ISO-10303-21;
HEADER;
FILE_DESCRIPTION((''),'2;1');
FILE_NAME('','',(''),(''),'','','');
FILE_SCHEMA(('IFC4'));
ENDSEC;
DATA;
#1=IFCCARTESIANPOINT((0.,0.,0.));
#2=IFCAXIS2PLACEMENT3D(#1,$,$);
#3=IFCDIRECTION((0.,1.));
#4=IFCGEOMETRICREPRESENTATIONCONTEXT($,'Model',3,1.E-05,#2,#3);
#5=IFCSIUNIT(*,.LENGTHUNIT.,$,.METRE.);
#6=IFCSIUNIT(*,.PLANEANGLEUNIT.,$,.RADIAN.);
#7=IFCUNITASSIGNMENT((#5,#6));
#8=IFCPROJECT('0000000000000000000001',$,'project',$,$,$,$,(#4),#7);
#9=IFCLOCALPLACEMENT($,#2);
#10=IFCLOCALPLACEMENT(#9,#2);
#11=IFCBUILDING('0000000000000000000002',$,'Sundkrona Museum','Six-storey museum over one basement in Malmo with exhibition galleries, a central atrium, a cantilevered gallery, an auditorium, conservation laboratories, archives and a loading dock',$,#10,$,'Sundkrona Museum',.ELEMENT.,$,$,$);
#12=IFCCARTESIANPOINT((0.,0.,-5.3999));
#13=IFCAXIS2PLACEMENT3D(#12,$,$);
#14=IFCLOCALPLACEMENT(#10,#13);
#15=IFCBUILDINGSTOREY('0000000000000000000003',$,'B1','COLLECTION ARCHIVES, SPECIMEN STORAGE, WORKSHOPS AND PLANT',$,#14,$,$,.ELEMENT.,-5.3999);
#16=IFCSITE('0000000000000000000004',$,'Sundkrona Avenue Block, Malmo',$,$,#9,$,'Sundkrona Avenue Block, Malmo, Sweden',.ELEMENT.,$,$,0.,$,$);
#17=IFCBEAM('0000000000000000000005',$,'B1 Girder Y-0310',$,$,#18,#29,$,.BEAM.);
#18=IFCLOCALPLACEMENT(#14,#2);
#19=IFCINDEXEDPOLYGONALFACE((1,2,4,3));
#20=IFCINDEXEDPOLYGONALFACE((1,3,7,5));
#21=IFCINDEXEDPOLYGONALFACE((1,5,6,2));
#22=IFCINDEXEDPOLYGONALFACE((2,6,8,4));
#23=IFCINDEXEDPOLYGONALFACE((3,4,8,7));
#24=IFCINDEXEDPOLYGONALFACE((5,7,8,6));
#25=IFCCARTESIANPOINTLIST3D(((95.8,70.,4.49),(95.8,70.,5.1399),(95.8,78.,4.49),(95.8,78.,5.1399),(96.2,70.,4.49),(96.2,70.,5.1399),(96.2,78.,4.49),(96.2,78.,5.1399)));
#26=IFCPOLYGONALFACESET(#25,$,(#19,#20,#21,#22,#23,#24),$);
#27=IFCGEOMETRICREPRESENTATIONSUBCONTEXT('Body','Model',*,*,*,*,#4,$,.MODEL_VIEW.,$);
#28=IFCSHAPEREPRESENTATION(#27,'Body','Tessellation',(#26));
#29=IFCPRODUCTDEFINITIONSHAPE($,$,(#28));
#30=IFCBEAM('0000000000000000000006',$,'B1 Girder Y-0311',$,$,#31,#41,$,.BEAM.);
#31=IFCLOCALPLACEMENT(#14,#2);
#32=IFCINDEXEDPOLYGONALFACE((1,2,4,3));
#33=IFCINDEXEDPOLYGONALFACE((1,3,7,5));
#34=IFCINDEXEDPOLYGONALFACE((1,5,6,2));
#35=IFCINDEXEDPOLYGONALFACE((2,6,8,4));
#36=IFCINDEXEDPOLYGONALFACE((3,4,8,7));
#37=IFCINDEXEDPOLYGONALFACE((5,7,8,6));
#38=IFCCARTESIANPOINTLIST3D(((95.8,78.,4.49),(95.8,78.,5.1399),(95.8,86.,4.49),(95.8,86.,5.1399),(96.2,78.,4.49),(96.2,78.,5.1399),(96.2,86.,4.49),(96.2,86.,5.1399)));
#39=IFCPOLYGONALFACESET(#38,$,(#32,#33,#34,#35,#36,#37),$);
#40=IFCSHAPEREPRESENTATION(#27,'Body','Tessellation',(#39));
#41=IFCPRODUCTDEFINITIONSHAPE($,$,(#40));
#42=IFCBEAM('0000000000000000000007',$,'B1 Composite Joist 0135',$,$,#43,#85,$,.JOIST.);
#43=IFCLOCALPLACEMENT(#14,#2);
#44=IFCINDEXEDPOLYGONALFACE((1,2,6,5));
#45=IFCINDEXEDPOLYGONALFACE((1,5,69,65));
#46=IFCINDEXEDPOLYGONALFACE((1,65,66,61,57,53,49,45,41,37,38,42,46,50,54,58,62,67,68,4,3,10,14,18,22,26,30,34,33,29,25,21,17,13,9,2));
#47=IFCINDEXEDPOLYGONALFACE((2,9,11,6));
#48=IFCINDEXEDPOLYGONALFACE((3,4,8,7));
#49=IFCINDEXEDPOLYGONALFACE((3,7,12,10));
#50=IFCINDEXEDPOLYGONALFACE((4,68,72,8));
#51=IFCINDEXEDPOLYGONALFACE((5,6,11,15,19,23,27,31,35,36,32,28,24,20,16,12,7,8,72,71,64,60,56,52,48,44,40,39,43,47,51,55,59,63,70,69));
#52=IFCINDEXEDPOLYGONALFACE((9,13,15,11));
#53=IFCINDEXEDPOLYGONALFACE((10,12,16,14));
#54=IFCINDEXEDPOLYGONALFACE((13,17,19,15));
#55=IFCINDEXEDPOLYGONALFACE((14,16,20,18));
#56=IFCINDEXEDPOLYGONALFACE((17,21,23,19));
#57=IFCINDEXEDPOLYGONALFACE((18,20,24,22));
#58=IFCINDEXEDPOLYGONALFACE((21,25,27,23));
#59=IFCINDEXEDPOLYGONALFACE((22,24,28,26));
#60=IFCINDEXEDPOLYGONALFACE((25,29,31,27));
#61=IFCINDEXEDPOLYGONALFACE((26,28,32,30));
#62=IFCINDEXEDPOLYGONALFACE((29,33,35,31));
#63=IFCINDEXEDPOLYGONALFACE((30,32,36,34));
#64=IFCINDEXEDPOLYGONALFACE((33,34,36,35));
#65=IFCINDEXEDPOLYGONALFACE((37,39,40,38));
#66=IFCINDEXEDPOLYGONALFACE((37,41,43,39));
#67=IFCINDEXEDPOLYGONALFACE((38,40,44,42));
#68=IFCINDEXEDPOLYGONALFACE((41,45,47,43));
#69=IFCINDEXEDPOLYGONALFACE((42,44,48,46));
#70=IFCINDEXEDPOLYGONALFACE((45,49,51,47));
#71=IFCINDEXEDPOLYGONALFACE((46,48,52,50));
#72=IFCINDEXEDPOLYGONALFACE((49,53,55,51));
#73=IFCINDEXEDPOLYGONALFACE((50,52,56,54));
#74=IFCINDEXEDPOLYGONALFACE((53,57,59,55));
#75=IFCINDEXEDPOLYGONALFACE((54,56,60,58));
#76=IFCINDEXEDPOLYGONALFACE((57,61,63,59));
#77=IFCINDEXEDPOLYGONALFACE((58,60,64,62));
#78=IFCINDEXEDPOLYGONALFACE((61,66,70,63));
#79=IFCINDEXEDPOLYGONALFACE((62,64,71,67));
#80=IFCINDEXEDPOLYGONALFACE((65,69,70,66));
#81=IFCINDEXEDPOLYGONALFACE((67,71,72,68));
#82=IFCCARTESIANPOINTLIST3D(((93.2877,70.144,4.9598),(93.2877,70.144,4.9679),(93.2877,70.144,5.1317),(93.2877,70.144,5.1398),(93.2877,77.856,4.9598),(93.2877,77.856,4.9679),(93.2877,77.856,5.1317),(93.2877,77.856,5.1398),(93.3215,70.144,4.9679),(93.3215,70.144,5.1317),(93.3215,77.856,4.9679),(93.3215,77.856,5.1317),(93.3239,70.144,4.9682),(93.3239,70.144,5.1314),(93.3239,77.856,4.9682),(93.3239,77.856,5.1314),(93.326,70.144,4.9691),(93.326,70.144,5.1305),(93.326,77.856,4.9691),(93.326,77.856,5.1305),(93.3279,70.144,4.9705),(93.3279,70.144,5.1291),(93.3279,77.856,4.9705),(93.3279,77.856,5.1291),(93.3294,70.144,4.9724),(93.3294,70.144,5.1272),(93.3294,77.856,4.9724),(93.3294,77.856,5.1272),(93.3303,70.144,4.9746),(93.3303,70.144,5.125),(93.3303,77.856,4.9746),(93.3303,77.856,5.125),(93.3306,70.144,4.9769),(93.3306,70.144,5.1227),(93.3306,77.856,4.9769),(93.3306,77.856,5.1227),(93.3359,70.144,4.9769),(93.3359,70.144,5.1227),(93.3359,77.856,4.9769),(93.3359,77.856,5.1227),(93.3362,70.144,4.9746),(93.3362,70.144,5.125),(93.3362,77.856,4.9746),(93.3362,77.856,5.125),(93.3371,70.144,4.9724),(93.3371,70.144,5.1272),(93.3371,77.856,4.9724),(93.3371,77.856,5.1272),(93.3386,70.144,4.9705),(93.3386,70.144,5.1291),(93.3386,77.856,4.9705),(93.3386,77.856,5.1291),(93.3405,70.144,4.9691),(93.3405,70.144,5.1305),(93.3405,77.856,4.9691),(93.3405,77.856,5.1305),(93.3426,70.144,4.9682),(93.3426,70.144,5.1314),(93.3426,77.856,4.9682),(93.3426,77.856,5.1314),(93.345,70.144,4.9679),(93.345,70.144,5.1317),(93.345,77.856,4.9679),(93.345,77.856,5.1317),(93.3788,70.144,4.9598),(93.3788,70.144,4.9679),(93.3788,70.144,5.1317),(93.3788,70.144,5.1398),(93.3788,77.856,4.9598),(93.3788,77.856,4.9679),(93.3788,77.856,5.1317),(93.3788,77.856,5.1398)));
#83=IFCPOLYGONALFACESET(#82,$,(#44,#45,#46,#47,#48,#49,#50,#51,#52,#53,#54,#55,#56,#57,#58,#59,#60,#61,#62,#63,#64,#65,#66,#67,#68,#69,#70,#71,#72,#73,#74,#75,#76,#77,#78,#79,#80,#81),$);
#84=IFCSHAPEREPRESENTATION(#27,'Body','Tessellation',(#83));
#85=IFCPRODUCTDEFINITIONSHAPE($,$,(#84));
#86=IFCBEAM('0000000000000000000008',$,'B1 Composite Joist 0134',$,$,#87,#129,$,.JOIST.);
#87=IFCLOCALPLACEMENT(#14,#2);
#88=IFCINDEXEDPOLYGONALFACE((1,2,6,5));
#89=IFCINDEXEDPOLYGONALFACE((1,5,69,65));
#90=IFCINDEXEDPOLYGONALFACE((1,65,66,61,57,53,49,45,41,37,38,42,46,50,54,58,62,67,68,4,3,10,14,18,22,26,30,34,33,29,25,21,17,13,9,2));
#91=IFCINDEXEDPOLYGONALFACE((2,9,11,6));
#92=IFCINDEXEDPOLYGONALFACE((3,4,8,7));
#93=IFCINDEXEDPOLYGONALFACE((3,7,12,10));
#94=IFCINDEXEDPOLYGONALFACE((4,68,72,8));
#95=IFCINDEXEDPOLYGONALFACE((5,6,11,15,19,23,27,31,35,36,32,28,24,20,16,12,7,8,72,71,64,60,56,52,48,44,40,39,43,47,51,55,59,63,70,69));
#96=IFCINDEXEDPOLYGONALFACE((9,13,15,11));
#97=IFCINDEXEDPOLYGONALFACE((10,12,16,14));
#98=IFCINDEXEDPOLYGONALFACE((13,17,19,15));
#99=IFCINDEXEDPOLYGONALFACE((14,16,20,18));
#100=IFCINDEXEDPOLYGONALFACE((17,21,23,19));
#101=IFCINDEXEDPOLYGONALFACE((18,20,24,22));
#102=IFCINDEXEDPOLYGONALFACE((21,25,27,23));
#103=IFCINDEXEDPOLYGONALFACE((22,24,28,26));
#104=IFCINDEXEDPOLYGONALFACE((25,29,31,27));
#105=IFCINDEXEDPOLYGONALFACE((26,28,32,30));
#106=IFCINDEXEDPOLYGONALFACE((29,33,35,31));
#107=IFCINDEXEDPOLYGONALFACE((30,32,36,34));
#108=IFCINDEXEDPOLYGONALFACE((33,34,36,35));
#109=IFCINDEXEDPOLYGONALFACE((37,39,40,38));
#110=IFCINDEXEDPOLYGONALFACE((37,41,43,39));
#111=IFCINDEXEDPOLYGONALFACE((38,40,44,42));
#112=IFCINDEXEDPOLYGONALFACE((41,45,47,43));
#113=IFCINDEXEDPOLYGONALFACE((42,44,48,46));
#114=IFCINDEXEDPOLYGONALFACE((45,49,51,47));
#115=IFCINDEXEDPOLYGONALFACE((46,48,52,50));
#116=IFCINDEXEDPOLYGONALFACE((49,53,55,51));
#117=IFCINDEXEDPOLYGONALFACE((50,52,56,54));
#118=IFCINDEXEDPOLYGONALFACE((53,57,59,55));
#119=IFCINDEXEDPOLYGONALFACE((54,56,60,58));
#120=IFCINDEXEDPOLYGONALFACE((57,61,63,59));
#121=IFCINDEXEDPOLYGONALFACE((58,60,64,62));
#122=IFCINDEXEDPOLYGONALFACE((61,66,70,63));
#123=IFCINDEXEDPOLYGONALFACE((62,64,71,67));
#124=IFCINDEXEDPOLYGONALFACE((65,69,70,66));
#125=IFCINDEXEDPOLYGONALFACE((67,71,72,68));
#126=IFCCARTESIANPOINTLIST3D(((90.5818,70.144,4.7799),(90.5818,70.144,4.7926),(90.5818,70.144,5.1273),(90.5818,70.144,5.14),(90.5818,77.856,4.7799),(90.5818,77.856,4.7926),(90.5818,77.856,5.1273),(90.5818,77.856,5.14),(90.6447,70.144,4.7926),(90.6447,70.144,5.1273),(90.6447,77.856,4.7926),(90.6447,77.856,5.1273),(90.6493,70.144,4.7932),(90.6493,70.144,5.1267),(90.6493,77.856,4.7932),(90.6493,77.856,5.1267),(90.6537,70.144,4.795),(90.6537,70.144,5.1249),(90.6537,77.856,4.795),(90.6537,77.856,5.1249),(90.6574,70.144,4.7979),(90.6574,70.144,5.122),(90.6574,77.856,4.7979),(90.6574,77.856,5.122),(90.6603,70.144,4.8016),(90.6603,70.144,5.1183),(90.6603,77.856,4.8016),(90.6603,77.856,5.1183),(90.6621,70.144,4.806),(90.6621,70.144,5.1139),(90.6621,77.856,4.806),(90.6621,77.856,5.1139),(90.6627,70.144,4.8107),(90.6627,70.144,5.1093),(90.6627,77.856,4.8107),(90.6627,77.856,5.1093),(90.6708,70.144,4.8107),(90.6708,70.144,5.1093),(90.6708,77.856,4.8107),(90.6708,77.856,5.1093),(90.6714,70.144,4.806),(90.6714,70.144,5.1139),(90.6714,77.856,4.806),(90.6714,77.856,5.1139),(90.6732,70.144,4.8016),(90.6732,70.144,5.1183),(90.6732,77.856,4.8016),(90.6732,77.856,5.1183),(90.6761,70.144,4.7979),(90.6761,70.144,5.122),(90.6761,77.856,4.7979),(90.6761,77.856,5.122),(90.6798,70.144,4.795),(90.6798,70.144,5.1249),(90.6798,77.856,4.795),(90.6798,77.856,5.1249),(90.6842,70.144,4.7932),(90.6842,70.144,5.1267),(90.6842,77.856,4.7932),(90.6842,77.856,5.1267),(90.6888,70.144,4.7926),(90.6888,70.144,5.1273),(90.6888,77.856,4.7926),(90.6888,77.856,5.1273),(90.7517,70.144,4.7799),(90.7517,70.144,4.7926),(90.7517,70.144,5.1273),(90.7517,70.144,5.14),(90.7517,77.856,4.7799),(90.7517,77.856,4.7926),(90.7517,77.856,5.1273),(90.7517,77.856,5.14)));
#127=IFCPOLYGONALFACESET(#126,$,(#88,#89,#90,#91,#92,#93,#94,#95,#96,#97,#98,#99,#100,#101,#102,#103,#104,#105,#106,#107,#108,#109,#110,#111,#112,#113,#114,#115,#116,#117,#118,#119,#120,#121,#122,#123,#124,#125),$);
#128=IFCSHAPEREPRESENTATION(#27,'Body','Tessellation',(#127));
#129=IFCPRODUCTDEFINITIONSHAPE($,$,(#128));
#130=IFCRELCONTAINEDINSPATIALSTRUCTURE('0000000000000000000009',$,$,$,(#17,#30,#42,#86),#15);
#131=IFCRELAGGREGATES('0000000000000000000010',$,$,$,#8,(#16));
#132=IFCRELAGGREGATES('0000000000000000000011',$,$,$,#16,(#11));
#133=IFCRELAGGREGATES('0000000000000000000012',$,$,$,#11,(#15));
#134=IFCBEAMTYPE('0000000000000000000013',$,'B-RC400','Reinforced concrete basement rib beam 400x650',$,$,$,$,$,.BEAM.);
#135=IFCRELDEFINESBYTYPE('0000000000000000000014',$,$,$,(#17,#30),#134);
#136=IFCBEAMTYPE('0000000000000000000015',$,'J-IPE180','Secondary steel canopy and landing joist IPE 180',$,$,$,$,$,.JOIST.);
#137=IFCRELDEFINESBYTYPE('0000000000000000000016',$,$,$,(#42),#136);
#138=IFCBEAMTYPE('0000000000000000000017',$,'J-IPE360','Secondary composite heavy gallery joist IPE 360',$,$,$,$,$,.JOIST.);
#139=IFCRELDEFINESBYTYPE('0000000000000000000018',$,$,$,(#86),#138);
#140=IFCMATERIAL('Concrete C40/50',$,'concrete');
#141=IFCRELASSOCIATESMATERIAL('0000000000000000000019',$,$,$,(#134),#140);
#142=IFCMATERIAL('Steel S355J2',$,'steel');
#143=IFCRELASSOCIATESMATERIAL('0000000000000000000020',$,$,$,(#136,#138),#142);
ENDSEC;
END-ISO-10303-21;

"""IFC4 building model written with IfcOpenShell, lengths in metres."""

from ifc_helpers import new_model, si_unit, direction, frame, origin, origin_2d, place, context, subcontext, project, spatial, rectangle, i_section, extrude, material, material_profile, profile_set, type_object, element, save


model = new_model("IFC4")

# Units and contexts
model_context = context("Model", 3, precision=1e-05, world=origin(), true_north=direction((0.0, 1.0)))
body_context = subcontext(model_context, "Body", "Model", "MODEL_VIEW")
ifc_project = project(units=[si_unit("LENGTHUNIT", "METRE"), si_unit("PLANEANGLEUNIT", "RADIAN")], contexts=[model_context])

# Site, building, storey
site_placement = place(None, origin())
site = spatial("IfcSite", under=ifc_project, at=site_placement, Name="Sundkrona Avenue Block, Malmo", LongName="Sundkrona Avenue Block, Malmo, Sweden", CompositionType="ELEMENT", RefElevation=0.0)
building_placement = place(site_placement, origin())
building = spatial("IfcBuilding", under=site, at=building_placement, Name="Sundkrona Museum", Description="Six-storey museum over one basement in Malmo with exhibition galleries, a central atrium, a cantilevered gallery, an auditorium, conservation laboratories, archives and a loading dock", LongName="Sundkrona Museum", CompositionType="ELEMENT")
storey_placement = place(building_placement, frame((0.0, 0.0, -5.3999)))
storey = spatial("IfcBuildingStorey", under=building, at=storey_placement, Name="B1", Description="COLLECTION ARCHIVES, SPECIMEN STORAGE, WORKSHOPS AND PLANT", CompositionType="ELEMENT", Elevation=-5.3999)

# Shared definitions
ifc_material_1 = material(Name="Concrete C40/50", Category="concrete")

# Beams
ifc_material_2 = material(Name="Steel S355J2", Category="steel")
ifc_material_profile_1 = material_profile(ifc_material_1, rectangle(XDim=0.3999, YDim=0.6499, at=origin_2d()), Name="RCB 400x650")
ifc_profile_set_1 = profile_set([ifc_material_profile_1], Name="Concrete C40/50")
beam_type_1 = type_object("IfcBeamType", Name="B-RC400", Description="Reinforced concrete basement rib beam 400x650", PredefinedType="BEAM", material=ifc_profile_set_1)
for number, where, z_axis, x_axis, name in (
    (1, (96.0, 70.0, 4.8149), (0.0, 1.0, 0.0), (-1.0, 0.0, 0.0), "B1 Girder Y-0310"),
    (2, (96.0, 78.0, 4.8149), (0.0, 1.0, 0.0), (-1.0, 0.0, 0.0), "B1 Girder Y-0311"),
):
    element("IfcBeam", number, at=place(storey_placement, frame(where, z_axis=z_axis, x_axis=x_axis)), inside=storey, type_object=beam_type_1, Name=name, PredefinedType="BEAM", context=body_context, shape_type="SweptSolid", body=[
        extrude(rectangle(XDim=0.3999, YDim=0.6499, at=origin_2d()), origin(), (0.0, 0.0, 1.0), 8.0),
    ])
ifc_material_profile_2 = material_profile(ifc_material_2, i_section(OverallWidth=0.0911, OverallDepth=0.1799, WebThickness=0.0054, FlangeThickness=0.0081, FilletRadius=0.009, at=origin_2d()), Name="IPE 180")
ifc_profile_set_2 = profile_set([ifc_material_profile_2], Name="Steel S355J2")
beam_type_2 = type_object("IfcBeamType", Name="J-IPE180", Description="Secondary steel canopy and landing joist IPE 180", PredefinedType="JOIST", material=ifc_profile_set_2)
beam_1_placement = place(storey_placement, frame((93.3333, 70.144, 5.0498), z_axis=(0.0, 1.0, 0.0), x_axis=(-1.0, 0.0, 0.0)))
element("IfcBeam", 3, at=beam_1_placement, inside=storey, type_object=beam_type_2, Name="B1 Composite Joist 0135", PredefinedType="JOIST", context=body_context, shape_type="SweptSolid", body=[
    extrude(i_section(OverallWidth=0.0911, OverallDepth=0.1799, WebThickness=0.0054, FlangeThickness=0.0081, FilletRadius=0.009, at=origin_2d()), origin(), (0.0, 0.0, 1.0), 7.7119),
])
ifc_material_profile_3 = material_profile(ifc_material_2, i_section(OverallWidth=0.1699, OverallDepth=0.3601, WebThickness=0.0081, FlangeThickness=0.0127, FilletRadius=0.0181, at=origin_2d()), Name="IPE 360")
ifc_profile_set_3 = profile_set([ifc_material_profile_3], Name="Steel S355J2")
beam_type_3 = type_object("IfcBeamType", Name="J-IPE360", Description="Secondary composite heavy gallery joist IPE 360", PredefinedType="JOIST", material=ifc_profile_set_3)
beam_2_placement = place(storey_placement, frame((90.6667, 70.144, 4.96), z_axis=(0.0, 1.0, 0.0), x_axis=(-1.0, 0.0, 0.0)))
element("IfcBeam", 4, at=beam_2_placement, inside=storey, type_object=beam_type_3, Name="B1 Composite Joist 0134", PredefinedType="JOIST", context=body_context, shape_type="SweptSolid", body=[
    extrude(i_section(OverallWidth=0.1699, OverallDepth=0.3601, WebThickness=0.0081, FlangeThickness=0.0127, FilletRadius=0.0181, at=origin_2d()), origin(), (0.0, 0.0, 1.0), 7.7119),
])

save(model, "model.ifc")
